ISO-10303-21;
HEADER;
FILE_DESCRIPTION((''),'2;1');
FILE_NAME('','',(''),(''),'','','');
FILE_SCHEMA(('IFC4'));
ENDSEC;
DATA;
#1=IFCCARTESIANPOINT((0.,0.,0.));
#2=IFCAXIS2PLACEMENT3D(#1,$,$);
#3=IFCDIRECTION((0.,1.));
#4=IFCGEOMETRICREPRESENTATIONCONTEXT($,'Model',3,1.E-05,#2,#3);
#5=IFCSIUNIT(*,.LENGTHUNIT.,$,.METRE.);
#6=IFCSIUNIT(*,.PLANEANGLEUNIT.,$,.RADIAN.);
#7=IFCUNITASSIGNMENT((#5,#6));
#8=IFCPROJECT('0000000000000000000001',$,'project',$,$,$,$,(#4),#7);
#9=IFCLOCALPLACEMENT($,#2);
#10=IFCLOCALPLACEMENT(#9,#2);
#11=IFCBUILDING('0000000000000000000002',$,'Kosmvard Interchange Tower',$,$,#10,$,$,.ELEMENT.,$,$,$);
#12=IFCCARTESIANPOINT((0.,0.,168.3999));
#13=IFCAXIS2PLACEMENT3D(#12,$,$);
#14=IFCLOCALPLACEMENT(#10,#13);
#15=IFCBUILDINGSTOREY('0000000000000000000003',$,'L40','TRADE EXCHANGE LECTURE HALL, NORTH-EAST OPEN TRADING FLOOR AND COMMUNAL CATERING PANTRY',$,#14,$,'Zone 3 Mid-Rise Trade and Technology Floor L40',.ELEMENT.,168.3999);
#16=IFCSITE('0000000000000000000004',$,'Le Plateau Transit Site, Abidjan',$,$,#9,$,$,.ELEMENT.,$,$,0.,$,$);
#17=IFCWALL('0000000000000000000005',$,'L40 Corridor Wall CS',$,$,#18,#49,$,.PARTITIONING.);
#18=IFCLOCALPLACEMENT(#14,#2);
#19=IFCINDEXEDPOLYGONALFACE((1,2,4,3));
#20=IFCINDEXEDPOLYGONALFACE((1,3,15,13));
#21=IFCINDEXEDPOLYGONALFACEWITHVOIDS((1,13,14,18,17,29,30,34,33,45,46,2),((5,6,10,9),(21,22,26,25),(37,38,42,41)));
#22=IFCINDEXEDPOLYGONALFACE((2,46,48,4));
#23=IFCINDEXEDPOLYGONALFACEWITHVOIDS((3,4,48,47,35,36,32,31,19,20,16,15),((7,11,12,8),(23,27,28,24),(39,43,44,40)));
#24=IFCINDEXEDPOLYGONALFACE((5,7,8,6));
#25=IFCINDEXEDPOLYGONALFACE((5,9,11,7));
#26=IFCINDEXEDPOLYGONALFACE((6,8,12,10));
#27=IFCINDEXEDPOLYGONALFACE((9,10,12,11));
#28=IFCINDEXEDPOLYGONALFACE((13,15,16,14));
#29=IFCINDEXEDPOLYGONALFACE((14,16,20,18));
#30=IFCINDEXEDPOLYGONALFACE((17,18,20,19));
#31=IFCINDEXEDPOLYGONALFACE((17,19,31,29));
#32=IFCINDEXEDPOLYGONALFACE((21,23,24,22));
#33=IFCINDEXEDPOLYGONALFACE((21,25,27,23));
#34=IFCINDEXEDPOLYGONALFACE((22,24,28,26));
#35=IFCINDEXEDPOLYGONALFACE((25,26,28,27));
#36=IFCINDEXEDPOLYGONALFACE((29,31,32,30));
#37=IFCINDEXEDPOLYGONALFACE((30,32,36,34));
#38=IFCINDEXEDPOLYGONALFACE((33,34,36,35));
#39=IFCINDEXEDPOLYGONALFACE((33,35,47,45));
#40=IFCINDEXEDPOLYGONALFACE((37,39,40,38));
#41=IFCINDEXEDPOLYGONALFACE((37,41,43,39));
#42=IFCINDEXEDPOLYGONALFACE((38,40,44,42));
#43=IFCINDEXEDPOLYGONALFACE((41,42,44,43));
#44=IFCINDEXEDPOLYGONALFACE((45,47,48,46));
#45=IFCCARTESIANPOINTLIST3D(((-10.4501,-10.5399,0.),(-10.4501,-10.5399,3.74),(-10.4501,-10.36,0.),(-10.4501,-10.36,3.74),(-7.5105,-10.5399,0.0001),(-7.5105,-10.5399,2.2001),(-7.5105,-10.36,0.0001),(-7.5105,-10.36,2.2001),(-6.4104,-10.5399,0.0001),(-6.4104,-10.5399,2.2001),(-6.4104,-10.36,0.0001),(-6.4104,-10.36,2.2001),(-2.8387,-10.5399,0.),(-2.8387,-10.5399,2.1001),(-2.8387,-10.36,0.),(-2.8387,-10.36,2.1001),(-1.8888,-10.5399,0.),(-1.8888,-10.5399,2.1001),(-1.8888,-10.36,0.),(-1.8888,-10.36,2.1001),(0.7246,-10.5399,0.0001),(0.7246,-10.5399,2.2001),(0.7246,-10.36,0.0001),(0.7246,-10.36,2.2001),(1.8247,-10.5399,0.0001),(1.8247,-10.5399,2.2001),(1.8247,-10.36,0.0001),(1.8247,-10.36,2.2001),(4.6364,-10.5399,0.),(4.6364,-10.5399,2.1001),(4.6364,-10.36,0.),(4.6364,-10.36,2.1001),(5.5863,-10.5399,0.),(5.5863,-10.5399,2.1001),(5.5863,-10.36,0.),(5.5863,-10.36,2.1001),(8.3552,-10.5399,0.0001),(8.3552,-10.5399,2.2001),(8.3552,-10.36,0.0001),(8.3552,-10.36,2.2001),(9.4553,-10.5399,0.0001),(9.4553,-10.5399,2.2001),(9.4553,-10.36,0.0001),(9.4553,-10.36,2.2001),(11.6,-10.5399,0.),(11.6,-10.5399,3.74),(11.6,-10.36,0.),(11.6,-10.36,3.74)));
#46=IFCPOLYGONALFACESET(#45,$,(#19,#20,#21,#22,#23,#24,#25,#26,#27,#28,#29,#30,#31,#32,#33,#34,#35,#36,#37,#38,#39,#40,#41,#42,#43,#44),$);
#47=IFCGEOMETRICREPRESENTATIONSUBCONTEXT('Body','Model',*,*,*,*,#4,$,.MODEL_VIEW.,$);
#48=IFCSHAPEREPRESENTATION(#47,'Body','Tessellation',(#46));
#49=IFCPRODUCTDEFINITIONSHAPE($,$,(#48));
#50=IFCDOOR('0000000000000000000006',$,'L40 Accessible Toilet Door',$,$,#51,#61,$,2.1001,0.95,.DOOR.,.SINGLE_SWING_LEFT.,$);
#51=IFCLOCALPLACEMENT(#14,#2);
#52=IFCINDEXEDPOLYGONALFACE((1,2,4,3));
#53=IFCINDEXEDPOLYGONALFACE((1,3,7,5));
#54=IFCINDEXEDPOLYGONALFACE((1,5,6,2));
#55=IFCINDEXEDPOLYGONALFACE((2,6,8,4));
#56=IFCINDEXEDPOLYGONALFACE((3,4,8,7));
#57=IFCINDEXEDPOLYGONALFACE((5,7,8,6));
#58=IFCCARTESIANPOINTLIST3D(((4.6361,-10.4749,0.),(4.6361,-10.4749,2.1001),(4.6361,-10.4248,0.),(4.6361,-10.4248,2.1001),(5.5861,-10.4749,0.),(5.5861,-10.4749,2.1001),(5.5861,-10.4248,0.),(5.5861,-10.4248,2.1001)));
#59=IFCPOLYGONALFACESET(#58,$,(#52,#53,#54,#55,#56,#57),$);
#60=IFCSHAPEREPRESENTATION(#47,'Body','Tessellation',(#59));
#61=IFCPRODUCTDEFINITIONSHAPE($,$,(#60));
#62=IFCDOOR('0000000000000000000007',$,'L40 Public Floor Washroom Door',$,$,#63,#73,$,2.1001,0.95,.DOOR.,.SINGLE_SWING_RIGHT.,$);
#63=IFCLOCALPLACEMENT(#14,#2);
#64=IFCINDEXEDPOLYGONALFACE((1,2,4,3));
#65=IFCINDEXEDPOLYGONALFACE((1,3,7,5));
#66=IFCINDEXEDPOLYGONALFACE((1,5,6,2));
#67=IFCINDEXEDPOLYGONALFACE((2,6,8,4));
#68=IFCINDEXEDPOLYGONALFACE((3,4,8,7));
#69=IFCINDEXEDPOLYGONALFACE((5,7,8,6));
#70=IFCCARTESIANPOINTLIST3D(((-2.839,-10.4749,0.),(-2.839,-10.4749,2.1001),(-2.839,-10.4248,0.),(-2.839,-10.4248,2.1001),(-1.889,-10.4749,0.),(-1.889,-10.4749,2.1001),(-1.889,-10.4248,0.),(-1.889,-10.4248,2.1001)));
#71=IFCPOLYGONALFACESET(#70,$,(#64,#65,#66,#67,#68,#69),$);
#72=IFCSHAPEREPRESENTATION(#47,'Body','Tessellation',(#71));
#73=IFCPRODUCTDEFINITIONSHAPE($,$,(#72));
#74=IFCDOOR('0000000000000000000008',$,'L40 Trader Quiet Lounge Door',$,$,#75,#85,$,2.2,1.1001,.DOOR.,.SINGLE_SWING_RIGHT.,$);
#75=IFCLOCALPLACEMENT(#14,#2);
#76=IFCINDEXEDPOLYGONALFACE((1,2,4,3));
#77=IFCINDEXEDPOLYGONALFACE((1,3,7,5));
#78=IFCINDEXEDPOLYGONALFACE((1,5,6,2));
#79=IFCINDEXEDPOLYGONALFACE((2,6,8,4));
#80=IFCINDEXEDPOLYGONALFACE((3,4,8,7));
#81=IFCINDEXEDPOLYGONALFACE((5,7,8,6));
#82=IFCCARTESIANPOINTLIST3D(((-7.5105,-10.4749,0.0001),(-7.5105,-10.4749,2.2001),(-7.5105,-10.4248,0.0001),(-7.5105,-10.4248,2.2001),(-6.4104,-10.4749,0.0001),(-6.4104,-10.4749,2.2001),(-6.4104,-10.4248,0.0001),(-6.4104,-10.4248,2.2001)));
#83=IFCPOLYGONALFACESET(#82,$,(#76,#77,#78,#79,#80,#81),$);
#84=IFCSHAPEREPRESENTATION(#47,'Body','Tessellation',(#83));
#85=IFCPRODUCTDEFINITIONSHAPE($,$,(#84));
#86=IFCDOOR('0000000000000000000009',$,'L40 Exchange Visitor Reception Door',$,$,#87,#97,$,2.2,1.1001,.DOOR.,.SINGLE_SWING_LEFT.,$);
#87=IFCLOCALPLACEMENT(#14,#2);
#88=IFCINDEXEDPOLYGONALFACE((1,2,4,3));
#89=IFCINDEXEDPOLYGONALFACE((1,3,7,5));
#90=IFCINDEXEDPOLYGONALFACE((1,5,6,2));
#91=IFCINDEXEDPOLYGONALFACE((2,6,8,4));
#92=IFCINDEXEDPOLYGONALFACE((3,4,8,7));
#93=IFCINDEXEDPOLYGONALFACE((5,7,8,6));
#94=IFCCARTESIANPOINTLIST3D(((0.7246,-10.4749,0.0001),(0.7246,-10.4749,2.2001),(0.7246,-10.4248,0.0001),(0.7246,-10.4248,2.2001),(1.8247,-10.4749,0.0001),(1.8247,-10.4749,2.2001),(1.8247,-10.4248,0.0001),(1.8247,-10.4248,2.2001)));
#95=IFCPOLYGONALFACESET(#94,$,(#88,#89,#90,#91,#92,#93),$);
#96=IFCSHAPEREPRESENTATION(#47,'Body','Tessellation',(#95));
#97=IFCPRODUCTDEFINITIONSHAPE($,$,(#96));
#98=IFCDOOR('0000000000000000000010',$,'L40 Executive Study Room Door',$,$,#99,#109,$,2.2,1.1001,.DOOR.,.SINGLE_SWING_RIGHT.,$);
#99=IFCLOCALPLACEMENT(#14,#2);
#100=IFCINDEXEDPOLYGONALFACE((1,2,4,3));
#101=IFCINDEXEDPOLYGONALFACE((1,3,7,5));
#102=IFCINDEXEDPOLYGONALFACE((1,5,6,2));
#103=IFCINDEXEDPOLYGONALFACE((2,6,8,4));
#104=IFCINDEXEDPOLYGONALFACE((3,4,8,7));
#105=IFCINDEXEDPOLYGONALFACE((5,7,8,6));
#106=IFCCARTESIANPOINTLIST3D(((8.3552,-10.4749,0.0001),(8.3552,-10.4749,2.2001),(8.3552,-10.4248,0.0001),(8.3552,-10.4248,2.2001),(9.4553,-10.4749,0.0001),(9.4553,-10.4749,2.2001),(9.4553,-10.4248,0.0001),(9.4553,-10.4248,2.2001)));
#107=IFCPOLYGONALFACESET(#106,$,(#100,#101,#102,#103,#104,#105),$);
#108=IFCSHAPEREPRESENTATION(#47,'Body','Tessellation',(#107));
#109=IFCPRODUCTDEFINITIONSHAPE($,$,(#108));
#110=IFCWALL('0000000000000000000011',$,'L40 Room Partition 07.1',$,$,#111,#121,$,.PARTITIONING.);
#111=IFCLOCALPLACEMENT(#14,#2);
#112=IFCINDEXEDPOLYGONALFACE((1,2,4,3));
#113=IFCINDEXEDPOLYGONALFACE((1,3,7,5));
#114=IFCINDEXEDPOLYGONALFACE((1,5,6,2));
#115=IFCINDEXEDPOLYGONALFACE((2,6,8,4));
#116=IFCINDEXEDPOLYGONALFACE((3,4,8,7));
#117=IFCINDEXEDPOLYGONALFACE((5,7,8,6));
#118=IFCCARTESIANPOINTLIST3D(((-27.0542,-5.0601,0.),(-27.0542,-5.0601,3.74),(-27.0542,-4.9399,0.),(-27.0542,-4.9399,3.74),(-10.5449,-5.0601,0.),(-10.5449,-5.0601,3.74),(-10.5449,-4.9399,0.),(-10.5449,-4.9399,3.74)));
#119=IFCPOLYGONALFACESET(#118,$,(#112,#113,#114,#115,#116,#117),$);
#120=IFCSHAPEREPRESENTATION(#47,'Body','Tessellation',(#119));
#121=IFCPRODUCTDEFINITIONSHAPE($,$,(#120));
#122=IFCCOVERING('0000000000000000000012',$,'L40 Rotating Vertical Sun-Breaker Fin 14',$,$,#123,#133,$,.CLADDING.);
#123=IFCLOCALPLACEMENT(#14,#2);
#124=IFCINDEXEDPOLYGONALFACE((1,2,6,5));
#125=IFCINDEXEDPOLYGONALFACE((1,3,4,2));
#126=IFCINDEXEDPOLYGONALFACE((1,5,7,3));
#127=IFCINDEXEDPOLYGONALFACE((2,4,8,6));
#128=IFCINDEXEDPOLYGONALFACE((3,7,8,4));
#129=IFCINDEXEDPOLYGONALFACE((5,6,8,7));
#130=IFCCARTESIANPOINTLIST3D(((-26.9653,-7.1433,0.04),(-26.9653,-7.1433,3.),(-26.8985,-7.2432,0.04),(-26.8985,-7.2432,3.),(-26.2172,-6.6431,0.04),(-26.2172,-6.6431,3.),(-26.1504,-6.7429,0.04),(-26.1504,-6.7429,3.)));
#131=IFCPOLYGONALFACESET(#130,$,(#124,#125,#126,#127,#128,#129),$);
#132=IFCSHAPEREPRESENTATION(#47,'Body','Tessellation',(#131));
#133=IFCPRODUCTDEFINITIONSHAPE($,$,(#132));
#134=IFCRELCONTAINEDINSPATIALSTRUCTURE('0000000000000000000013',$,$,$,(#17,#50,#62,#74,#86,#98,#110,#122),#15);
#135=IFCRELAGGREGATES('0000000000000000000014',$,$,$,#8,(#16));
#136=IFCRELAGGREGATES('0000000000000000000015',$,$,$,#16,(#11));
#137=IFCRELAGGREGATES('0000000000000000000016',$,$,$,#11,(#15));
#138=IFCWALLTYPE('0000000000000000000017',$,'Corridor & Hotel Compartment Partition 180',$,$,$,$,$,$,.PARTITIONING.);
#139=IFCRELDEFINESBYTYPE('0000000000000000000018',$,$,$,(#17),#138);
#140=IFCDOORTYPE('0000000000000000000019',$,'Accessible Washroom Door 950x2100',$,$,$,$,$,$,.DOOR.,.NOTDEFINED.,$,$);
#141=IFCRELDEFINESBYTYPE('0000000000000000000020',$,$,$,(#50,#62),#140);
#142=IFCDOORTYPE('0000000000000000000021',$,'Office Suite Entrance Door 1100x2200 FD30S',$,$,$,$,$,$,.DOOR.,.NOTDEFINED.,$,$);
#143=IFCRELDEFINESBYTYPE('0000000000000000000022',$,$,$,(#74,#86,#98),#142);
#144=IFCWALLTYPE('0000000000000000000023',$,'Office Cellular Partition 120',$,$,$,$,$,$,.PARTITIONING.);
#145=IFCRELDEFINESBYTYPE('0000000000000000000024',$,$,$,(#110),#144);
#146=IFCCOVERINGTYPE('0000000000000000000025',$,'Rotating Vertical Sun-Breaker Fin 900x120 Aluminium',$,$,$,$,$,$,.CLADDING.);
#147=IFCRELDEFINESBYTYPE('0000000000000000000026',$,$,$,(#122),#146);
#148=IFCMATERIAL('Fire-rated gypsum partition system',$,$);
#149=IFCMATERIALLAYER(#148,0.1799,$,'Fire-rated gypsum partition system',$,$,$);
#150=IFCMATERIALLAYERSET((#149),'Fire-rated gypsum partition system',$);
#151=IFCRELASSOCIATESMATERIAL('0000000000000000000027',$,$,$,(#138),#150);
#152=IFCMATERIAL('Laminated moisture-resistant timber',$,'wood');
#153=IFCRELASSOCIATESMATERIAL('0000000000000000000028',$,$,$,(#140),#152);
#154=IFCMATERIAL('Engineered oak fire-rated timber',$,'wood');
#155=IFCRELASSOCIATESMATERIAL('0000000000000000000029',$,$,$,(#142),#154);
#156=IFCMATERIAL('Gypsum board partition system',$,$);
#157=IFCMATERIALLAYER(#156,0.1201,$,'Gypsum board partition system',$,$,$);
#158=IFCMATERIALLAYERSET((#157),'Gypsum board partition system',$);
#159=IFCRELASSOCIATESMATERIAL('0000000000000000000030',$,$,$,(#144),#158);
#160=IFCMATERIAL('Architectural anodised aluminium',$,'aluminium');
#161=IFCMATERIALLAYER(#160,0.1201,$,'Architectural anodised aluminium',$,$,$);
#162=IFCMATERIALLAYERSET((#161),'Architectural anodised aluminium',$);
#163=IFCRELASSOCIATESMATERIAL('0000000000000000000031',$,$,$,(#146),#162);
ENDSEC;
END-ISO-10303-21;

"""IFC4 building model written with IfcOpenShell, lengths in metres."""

from ifc_helpers import new_model, si_unit, direction, frame, frame_2d, origin, origin_2d, place, context, subcontext, project, spatial, rectangle, extrude, source, transform, mapped, material, layer, layer_set, type_object, element, fill, save


model = new_model("IFC4")

# Units and contexts
model_context = context("Model", 3, precision=1e-05, world=origin(), true_north=direction((0.0, 1.0)))
body_context = subcontext(model_context, "Body", "Model", "MODEL_VIEW")
ifc_project = project(units=[si_unit("LENGTHUNIT", "METRE"), si_unit("PLANEANGLEUNIT", "RADIAN")], contexts=[model_context])

# Site, building, storey
site_placement = place(None, origin())
site = spatial("IfcSite", under=ifc_project, at=site_placement, Name="Le Plateau Transit Site, Abidjan", CompositionType="ELEMENT", RefElevation=0.0)
building_placement = place(site_placement, origin())
building = spatial("IfcBuilding", under=site, at=building_placement, Name="Kosmvard Interchange Tower", CompositionType="ELEMENT")
storey_placement = place(building_placement, frame((0.0, 0.0, 168.3999)))
storey = spatial("IfcBuildingStorey", under=building, at=storey_placement, Name="L40", Description="TRADE EXCHANGE LECTURE HALL, NORTH-EAST OPEN TRADING FLOOR AND COMMUNAL CATERING PANTRY", LongName="Zone 3 Mid-Rise Trade and Technology Floor L40", CompositionType="ELEMENT", Elevation=168.3999)

# Wall, openings, doors
ifc_material_1 = material(Name="Fire-rated gypsum partition system")
ifc_layer_1 = layer(ifc_material_1, 0.1799, Name="Fire-rated gypsum partition system")
ifc_layer_set_1 = layer_set([ifc_layer_1], Name="Fire-rated gypsum partition system")
wall_type_1 = type_object("IfcWallType", Name="Corridor & Hotel Compartment Partition 180", PredefinedType="PARTITIONING", material=ifc_layer_set_1)
wall_1_placement = place(storey_placement, frame((-10.45, -10.45, 0.0), z_axis=(0.0, 0.0, 1.0), x_axis=(1.0, 0.0, 0.0)))
wall_1 = element("IfcWall", 1, at=wall_1_placement, inside=storey, type_object=wall_type_1, Name="L40 Corridor Wall CS", PredefinedType="PARTITIONING", context=body_context, shape_type="SweptSolid", body=[
    extrude(rectangle(XDim=22.05, YDim=0.1799, at=frame_2d((11.0249, 0.0))), origin(), (0.0, 0.0, 1.0), 3.74),
])
opening_1_placement = place(wall_1_placement, frame((15.0862, 0.0, 0.0)))
opening_1 = element("IfcOpeningElement", 2, at=opening_1_placement, cuts=wall_1, PredefinedType="OPENING", context=body_context, shape_type="SweptSolid", body=[
    extrude(rectangle(XDim=0.95, YDim=2.1001, at=frame_2d((0.4751, 1.05))), frame((0.0, 0.1001, 0.0), z_axis=(0.0, -1.0, 0.0), x_axis=(1.0, 0.0, 0.0)), (0.0, 0.0, 1.0), 0.2),
])
opening_2_placement = place(wall_1_placement, frame((7.6111, 0.0, 0.0)))
opening_2 = element("IfcOpeningElement", 3, at=opening_2_placement, cuts=wall_1, PredefinedType="OPENING", context=body_context, shape_type="SweptSolid", body=[
    extrude(rectangle(XDim=0.95, YDim=2.1001, at=frame_2d((0.4751, 1.05))), frame((0.0, 0.1001, 0.0), z_axis=(0.0, -1.0, 0.0), x_axis=(1.0, 0.0, 0.0)), (0.0, 0.0, 1.0), 0.2),
])
opening_3_placement = place(wall_1_placement, frame((2.9395, 0.0, 0.0)))
opening_3 = element("IfcOpeningElement", 4, at=opening_3_placement, cuts=wall_1, PredefinedType="OPENING", context=body_context, shape_type="SweptSolid", body=[
    extrude(rectangle(XDim=1.1001, YDim=2.2, at=frame_2d((0.55, 1.1001))), frame((0.0, 0.1001, 0.0), z_axis=(0.0, -1.0, 0.0), x_axis=(1.0, 0.0, 0.0)), (0.0, 0.0, 1.0), 0.2),
])
opening_4_placement = place(wall_1_placement, frame((11.1746, 0.0, 0.0)))
opening_4 = element("IfcOpeningElement", 5, at=opening_4_placement, cuts=wall_1, PredefinedType="OPENING", context=body_context, shape_type="SweptSolid", body=[
    extrude(rectangle(XDim=1.1001, YDim=2.2, at=frame_2d((0.55, 1.1001))), frame((0.0, 0.1001, 0.0), z_axis=(0.0, -1.0, 0.0), x_axis=(1.0, 0.0, 0.0)), (0.0, 0.0, 1.0), 0.2),
])
opening_5_placement = place(wall_1_placement, frame((18.8052, 0.0, 0.0)))
opening_5 = element("IfcOpeningElement", 6, at=opening_5_placement, cuts=wall_1, PredefinedType="OPENING", context=body_context, shape_type="SweptSolid", body=[
    extrude(rectangle(XDim=1.1001, YDim=2.2, at=frame_2d((0.55, 1.1001))), frame((0.0, 0.1001, 0.0), z_axis=(0.0, -1.0, 0.0), x_axis=(1.0, 0.0, 0.0)), (0.0, 0.0, 1.0), 0.2),
])
ifc_material_2 = material(Name="Laminated moisture-resistant timber", Category="wood")
door_type_1 = type_object("IfcDoorType", Name="Accessible Washroom Door 950x2100", OperationType="NOTDEFINED", PredefinedType="DOOR", material=ifc_material_2)
shared_shape_1 = source(origin(), body_context, "Body", "SweptSolid", [
    extrude(rectangle(XDim=0.95, YDim=2.1001, at=frame_2d((0.4751, 1.05))), frame((0.0, 0.0249, 0.0), z_axis=(0.0, -1.0, 0.0), x_axis=(1.0, 0.0, 0.0)), (0.0, 0.0, 1.0), 0.05),
])
door_1_placement = place(opening_1_placement, frame((0.95, 0.0, 0.0), z_axis=(0.0, 0.0, 1.0), x_axis=(-1.0, 0.0, 0.0)))
door_1 = element("IfcDoor", 7, at=door_1_placement, inside=storey, type_object=door_type_1, Name="L40 Accessible Toilet Door", OperationType="SINGLE_SWING_LEFT", OverallHeight=2.1001, OverallWidth=0.95, PredefinedType="DOOR", context=body_context, shape_type="MappedRepresentation", body=[
    mapped(shared_shape_1, transform((0.0, 0.0, 0.0), scale=1.0)),
])
fill(opening_1, door_1)
door_2_placement = place(opening_2_placement, frame((0.95, 0.0, 0.0), z_axis=(0.0, 0.0, 1.0), x_axis=(-1.0, 0.0, 0.0)))
door_2 = element("IfcDoor", 8, at=door_2_placement, inside=storey, type_object=door_type_1, Name="L40 Public Floor Washroom Door", OperationType="SINGLE_SWING_RIGHT", OverallHeight=2.1001, OverallWidth=0.95, PredefinedType="DOOR", context=body_context, shape_type="MappedRepresentation", body=[
    mapped(shared_shape_1, transform((0.0, 0.0, 0.0), scale=1.0)),
])
fill(opening_2, door_2)
ifc_material_3 = material(Name="Engineered oak fire-rated timber", Category="wood")
door_type_2 = type_object("IfcDoorType", Name="Office Suite Entrance Door 1100x2200 FD30S", OperationType="NOTDEFINED", PredefinedType="DOOR", material=ifc_material_3)
shared_shape_2 = source(origin(), body_context, "Body", "SweptSolid", [
    extrude(rectangle(XDim=1.1001, YDim=2.2, at=frame_2d((0.55, 1.1001))), frame((0.0, 0.0249, 0.0), z_axis=(0.0, -1.0, 0.0), x_axis=(1.0, 0.0, 0.0)), (0.0, 0.0, 1.0), 0.05),
])
door_3_placement = place(opening_3_placement, frame((1.1001, 0.0, 0.0), z_axis=(0.0, 0.0, 1.0), x_axis=(-1.0, 0.0, 0.0)))
door_3 = element("IfcDoor", 9, at=door_3_placement, inside=storey, type_object=door_type_2, Name="L40 Trader Quiet Lounge Door", OperationType="SINGLE_SWING_RIGHT", OverallHeight=2.2, OverallWidth=1.1001, PredefinedType="DOOR", context=body_context, shape_type="MappedRepresentation", body=[
    mapped(shared_shape_2, transform((0.0, 0.0, 0.0), scale=1.0)),
])
fill(opening_3, door_3)
door_4_placement = place(opening_4_placement, frame((1.1001, 0.0, 0.0), z_axis=(0.0, 0.0, 1.0), x_axis=(-1.0, 0.0, 0.0)))
door_4 = element("IfcDoor", 10, at=door_4_placement, inside=storey, type_object=door_type_2, Name="L40 Exchange Visitor Reception Door", OperationType="SINGLE_SWING_LEFT", OverallHeight=2.2, OverallWidth=1.1001, PredefinedType="DOOR", context=body_context, shape_type="MappedRepresentation", body=[
    mapped(shared_shape_2, transform((0.0, 0.0, 0.0), scale=1.0)),
])
fill(opening_4, door_4)
door_5_placement = place(opening_5_placement, frame((1.1001, 0.0, 0.0), z_axis=(0.0, 0.0, 1.0), x_axis=(-1.0, 0.0, 0.0)))
door_5 = element("IfcDoor", 11, at=door_5_placement, inside=storey, type_object=door_type_2, Name="L40 Executive Study Room Door", OperationType="SINGLE_SWING_RIGHT", OverallHeight=2.2, OverallWidth=1.1001, PredefinedType="DOOR", context=body_context, shape_type="MappedRepresentation", body=[
    mapped(shared_shape_2, transform((0.0, 0.0, 0.0), scale=1.0)),
])
fill(opening_5, door_5)

# Wall
ifc_material_4 = material(Name="Gypsum board partition system")
ifc_layer_2 = layer(ifc_material_4, 0.1201, Name="Gypsum board partition system")
ifc_layer_set_2 = layer_set([ifc_layer_2], Name="Gypsum board partition system")
wall_type_2 = type_object("IfcWallType", Name="Office Cellular Partition 120", PredefinedType="PARTITIONING", material=ifc_layer_set_2)
wall_2_placement = place(storey_placement, frame((-27.0542, -5.0, 0.0), z_axis=(0.0, 0.0, 1.0), x_axis=(1.0, 0.0, 0.0)))
element("IfcWall", 12, at=wall_2_placement, inside=storey, type_object=wall_type_2, Name="L40 Room Partition 07.1", PredefinedType="PARTITIONING", context=body_context, shape_type="SweptSolid", body=[
    extrude(rectangle(XDim=16.5093, YDim=0.1201, at=frame_2d((8.2546, 0.0))), origin(), (0.0, 0.0, 1.0), 3.74),
])

# Covering
ifc_material_5 = material(Name="Architectural anodised aluminium", Category="aluminium")
ifc_layer_3 = layer(ifc_material_5, 0.1201, Name="Architectural anodised aluminium")
ifc_layer_set_3 = layer_set([ifc_layer_3], Name="Architectural anodised aluminium")
covering_type = type_object("IfcCoveringType", Name="Rotating Vertical Sun-Breaker Fin 900x120 Aluminium", PredefinedType="CLADDING", material=ifc_layer_set_3)
shared_shape_3 = source(origin(), body_context, "Body", "SweptSolid", [
    extrude(rectangle(XDim=0.8999, YDim=0.1201, at=origin_2d()), origin(), (0.0, 0.0, 1.0), 2.96),
])
covering_placement = place(storey_placement, frame((-26.5579, -6.9431, 0.04), z_axis=(0.0, 0.0, 1.0), x_axis=(-0.831276, -0.55586, 0.0)))
element("IfcCovering", 13, at=covering_placement, inside=storey, type_object=covering_type, Name="L40 Rotating Vertical Sun-Breaker Fin 14", PredefinedType="CLADDING", context=body_context, shape_type="MappedRepresentation", body=[
    mapped(shared_shape_3, transform((0.0, 0.0, 0.0), scale=1.0)),
])

save(model, "model.ifc")
